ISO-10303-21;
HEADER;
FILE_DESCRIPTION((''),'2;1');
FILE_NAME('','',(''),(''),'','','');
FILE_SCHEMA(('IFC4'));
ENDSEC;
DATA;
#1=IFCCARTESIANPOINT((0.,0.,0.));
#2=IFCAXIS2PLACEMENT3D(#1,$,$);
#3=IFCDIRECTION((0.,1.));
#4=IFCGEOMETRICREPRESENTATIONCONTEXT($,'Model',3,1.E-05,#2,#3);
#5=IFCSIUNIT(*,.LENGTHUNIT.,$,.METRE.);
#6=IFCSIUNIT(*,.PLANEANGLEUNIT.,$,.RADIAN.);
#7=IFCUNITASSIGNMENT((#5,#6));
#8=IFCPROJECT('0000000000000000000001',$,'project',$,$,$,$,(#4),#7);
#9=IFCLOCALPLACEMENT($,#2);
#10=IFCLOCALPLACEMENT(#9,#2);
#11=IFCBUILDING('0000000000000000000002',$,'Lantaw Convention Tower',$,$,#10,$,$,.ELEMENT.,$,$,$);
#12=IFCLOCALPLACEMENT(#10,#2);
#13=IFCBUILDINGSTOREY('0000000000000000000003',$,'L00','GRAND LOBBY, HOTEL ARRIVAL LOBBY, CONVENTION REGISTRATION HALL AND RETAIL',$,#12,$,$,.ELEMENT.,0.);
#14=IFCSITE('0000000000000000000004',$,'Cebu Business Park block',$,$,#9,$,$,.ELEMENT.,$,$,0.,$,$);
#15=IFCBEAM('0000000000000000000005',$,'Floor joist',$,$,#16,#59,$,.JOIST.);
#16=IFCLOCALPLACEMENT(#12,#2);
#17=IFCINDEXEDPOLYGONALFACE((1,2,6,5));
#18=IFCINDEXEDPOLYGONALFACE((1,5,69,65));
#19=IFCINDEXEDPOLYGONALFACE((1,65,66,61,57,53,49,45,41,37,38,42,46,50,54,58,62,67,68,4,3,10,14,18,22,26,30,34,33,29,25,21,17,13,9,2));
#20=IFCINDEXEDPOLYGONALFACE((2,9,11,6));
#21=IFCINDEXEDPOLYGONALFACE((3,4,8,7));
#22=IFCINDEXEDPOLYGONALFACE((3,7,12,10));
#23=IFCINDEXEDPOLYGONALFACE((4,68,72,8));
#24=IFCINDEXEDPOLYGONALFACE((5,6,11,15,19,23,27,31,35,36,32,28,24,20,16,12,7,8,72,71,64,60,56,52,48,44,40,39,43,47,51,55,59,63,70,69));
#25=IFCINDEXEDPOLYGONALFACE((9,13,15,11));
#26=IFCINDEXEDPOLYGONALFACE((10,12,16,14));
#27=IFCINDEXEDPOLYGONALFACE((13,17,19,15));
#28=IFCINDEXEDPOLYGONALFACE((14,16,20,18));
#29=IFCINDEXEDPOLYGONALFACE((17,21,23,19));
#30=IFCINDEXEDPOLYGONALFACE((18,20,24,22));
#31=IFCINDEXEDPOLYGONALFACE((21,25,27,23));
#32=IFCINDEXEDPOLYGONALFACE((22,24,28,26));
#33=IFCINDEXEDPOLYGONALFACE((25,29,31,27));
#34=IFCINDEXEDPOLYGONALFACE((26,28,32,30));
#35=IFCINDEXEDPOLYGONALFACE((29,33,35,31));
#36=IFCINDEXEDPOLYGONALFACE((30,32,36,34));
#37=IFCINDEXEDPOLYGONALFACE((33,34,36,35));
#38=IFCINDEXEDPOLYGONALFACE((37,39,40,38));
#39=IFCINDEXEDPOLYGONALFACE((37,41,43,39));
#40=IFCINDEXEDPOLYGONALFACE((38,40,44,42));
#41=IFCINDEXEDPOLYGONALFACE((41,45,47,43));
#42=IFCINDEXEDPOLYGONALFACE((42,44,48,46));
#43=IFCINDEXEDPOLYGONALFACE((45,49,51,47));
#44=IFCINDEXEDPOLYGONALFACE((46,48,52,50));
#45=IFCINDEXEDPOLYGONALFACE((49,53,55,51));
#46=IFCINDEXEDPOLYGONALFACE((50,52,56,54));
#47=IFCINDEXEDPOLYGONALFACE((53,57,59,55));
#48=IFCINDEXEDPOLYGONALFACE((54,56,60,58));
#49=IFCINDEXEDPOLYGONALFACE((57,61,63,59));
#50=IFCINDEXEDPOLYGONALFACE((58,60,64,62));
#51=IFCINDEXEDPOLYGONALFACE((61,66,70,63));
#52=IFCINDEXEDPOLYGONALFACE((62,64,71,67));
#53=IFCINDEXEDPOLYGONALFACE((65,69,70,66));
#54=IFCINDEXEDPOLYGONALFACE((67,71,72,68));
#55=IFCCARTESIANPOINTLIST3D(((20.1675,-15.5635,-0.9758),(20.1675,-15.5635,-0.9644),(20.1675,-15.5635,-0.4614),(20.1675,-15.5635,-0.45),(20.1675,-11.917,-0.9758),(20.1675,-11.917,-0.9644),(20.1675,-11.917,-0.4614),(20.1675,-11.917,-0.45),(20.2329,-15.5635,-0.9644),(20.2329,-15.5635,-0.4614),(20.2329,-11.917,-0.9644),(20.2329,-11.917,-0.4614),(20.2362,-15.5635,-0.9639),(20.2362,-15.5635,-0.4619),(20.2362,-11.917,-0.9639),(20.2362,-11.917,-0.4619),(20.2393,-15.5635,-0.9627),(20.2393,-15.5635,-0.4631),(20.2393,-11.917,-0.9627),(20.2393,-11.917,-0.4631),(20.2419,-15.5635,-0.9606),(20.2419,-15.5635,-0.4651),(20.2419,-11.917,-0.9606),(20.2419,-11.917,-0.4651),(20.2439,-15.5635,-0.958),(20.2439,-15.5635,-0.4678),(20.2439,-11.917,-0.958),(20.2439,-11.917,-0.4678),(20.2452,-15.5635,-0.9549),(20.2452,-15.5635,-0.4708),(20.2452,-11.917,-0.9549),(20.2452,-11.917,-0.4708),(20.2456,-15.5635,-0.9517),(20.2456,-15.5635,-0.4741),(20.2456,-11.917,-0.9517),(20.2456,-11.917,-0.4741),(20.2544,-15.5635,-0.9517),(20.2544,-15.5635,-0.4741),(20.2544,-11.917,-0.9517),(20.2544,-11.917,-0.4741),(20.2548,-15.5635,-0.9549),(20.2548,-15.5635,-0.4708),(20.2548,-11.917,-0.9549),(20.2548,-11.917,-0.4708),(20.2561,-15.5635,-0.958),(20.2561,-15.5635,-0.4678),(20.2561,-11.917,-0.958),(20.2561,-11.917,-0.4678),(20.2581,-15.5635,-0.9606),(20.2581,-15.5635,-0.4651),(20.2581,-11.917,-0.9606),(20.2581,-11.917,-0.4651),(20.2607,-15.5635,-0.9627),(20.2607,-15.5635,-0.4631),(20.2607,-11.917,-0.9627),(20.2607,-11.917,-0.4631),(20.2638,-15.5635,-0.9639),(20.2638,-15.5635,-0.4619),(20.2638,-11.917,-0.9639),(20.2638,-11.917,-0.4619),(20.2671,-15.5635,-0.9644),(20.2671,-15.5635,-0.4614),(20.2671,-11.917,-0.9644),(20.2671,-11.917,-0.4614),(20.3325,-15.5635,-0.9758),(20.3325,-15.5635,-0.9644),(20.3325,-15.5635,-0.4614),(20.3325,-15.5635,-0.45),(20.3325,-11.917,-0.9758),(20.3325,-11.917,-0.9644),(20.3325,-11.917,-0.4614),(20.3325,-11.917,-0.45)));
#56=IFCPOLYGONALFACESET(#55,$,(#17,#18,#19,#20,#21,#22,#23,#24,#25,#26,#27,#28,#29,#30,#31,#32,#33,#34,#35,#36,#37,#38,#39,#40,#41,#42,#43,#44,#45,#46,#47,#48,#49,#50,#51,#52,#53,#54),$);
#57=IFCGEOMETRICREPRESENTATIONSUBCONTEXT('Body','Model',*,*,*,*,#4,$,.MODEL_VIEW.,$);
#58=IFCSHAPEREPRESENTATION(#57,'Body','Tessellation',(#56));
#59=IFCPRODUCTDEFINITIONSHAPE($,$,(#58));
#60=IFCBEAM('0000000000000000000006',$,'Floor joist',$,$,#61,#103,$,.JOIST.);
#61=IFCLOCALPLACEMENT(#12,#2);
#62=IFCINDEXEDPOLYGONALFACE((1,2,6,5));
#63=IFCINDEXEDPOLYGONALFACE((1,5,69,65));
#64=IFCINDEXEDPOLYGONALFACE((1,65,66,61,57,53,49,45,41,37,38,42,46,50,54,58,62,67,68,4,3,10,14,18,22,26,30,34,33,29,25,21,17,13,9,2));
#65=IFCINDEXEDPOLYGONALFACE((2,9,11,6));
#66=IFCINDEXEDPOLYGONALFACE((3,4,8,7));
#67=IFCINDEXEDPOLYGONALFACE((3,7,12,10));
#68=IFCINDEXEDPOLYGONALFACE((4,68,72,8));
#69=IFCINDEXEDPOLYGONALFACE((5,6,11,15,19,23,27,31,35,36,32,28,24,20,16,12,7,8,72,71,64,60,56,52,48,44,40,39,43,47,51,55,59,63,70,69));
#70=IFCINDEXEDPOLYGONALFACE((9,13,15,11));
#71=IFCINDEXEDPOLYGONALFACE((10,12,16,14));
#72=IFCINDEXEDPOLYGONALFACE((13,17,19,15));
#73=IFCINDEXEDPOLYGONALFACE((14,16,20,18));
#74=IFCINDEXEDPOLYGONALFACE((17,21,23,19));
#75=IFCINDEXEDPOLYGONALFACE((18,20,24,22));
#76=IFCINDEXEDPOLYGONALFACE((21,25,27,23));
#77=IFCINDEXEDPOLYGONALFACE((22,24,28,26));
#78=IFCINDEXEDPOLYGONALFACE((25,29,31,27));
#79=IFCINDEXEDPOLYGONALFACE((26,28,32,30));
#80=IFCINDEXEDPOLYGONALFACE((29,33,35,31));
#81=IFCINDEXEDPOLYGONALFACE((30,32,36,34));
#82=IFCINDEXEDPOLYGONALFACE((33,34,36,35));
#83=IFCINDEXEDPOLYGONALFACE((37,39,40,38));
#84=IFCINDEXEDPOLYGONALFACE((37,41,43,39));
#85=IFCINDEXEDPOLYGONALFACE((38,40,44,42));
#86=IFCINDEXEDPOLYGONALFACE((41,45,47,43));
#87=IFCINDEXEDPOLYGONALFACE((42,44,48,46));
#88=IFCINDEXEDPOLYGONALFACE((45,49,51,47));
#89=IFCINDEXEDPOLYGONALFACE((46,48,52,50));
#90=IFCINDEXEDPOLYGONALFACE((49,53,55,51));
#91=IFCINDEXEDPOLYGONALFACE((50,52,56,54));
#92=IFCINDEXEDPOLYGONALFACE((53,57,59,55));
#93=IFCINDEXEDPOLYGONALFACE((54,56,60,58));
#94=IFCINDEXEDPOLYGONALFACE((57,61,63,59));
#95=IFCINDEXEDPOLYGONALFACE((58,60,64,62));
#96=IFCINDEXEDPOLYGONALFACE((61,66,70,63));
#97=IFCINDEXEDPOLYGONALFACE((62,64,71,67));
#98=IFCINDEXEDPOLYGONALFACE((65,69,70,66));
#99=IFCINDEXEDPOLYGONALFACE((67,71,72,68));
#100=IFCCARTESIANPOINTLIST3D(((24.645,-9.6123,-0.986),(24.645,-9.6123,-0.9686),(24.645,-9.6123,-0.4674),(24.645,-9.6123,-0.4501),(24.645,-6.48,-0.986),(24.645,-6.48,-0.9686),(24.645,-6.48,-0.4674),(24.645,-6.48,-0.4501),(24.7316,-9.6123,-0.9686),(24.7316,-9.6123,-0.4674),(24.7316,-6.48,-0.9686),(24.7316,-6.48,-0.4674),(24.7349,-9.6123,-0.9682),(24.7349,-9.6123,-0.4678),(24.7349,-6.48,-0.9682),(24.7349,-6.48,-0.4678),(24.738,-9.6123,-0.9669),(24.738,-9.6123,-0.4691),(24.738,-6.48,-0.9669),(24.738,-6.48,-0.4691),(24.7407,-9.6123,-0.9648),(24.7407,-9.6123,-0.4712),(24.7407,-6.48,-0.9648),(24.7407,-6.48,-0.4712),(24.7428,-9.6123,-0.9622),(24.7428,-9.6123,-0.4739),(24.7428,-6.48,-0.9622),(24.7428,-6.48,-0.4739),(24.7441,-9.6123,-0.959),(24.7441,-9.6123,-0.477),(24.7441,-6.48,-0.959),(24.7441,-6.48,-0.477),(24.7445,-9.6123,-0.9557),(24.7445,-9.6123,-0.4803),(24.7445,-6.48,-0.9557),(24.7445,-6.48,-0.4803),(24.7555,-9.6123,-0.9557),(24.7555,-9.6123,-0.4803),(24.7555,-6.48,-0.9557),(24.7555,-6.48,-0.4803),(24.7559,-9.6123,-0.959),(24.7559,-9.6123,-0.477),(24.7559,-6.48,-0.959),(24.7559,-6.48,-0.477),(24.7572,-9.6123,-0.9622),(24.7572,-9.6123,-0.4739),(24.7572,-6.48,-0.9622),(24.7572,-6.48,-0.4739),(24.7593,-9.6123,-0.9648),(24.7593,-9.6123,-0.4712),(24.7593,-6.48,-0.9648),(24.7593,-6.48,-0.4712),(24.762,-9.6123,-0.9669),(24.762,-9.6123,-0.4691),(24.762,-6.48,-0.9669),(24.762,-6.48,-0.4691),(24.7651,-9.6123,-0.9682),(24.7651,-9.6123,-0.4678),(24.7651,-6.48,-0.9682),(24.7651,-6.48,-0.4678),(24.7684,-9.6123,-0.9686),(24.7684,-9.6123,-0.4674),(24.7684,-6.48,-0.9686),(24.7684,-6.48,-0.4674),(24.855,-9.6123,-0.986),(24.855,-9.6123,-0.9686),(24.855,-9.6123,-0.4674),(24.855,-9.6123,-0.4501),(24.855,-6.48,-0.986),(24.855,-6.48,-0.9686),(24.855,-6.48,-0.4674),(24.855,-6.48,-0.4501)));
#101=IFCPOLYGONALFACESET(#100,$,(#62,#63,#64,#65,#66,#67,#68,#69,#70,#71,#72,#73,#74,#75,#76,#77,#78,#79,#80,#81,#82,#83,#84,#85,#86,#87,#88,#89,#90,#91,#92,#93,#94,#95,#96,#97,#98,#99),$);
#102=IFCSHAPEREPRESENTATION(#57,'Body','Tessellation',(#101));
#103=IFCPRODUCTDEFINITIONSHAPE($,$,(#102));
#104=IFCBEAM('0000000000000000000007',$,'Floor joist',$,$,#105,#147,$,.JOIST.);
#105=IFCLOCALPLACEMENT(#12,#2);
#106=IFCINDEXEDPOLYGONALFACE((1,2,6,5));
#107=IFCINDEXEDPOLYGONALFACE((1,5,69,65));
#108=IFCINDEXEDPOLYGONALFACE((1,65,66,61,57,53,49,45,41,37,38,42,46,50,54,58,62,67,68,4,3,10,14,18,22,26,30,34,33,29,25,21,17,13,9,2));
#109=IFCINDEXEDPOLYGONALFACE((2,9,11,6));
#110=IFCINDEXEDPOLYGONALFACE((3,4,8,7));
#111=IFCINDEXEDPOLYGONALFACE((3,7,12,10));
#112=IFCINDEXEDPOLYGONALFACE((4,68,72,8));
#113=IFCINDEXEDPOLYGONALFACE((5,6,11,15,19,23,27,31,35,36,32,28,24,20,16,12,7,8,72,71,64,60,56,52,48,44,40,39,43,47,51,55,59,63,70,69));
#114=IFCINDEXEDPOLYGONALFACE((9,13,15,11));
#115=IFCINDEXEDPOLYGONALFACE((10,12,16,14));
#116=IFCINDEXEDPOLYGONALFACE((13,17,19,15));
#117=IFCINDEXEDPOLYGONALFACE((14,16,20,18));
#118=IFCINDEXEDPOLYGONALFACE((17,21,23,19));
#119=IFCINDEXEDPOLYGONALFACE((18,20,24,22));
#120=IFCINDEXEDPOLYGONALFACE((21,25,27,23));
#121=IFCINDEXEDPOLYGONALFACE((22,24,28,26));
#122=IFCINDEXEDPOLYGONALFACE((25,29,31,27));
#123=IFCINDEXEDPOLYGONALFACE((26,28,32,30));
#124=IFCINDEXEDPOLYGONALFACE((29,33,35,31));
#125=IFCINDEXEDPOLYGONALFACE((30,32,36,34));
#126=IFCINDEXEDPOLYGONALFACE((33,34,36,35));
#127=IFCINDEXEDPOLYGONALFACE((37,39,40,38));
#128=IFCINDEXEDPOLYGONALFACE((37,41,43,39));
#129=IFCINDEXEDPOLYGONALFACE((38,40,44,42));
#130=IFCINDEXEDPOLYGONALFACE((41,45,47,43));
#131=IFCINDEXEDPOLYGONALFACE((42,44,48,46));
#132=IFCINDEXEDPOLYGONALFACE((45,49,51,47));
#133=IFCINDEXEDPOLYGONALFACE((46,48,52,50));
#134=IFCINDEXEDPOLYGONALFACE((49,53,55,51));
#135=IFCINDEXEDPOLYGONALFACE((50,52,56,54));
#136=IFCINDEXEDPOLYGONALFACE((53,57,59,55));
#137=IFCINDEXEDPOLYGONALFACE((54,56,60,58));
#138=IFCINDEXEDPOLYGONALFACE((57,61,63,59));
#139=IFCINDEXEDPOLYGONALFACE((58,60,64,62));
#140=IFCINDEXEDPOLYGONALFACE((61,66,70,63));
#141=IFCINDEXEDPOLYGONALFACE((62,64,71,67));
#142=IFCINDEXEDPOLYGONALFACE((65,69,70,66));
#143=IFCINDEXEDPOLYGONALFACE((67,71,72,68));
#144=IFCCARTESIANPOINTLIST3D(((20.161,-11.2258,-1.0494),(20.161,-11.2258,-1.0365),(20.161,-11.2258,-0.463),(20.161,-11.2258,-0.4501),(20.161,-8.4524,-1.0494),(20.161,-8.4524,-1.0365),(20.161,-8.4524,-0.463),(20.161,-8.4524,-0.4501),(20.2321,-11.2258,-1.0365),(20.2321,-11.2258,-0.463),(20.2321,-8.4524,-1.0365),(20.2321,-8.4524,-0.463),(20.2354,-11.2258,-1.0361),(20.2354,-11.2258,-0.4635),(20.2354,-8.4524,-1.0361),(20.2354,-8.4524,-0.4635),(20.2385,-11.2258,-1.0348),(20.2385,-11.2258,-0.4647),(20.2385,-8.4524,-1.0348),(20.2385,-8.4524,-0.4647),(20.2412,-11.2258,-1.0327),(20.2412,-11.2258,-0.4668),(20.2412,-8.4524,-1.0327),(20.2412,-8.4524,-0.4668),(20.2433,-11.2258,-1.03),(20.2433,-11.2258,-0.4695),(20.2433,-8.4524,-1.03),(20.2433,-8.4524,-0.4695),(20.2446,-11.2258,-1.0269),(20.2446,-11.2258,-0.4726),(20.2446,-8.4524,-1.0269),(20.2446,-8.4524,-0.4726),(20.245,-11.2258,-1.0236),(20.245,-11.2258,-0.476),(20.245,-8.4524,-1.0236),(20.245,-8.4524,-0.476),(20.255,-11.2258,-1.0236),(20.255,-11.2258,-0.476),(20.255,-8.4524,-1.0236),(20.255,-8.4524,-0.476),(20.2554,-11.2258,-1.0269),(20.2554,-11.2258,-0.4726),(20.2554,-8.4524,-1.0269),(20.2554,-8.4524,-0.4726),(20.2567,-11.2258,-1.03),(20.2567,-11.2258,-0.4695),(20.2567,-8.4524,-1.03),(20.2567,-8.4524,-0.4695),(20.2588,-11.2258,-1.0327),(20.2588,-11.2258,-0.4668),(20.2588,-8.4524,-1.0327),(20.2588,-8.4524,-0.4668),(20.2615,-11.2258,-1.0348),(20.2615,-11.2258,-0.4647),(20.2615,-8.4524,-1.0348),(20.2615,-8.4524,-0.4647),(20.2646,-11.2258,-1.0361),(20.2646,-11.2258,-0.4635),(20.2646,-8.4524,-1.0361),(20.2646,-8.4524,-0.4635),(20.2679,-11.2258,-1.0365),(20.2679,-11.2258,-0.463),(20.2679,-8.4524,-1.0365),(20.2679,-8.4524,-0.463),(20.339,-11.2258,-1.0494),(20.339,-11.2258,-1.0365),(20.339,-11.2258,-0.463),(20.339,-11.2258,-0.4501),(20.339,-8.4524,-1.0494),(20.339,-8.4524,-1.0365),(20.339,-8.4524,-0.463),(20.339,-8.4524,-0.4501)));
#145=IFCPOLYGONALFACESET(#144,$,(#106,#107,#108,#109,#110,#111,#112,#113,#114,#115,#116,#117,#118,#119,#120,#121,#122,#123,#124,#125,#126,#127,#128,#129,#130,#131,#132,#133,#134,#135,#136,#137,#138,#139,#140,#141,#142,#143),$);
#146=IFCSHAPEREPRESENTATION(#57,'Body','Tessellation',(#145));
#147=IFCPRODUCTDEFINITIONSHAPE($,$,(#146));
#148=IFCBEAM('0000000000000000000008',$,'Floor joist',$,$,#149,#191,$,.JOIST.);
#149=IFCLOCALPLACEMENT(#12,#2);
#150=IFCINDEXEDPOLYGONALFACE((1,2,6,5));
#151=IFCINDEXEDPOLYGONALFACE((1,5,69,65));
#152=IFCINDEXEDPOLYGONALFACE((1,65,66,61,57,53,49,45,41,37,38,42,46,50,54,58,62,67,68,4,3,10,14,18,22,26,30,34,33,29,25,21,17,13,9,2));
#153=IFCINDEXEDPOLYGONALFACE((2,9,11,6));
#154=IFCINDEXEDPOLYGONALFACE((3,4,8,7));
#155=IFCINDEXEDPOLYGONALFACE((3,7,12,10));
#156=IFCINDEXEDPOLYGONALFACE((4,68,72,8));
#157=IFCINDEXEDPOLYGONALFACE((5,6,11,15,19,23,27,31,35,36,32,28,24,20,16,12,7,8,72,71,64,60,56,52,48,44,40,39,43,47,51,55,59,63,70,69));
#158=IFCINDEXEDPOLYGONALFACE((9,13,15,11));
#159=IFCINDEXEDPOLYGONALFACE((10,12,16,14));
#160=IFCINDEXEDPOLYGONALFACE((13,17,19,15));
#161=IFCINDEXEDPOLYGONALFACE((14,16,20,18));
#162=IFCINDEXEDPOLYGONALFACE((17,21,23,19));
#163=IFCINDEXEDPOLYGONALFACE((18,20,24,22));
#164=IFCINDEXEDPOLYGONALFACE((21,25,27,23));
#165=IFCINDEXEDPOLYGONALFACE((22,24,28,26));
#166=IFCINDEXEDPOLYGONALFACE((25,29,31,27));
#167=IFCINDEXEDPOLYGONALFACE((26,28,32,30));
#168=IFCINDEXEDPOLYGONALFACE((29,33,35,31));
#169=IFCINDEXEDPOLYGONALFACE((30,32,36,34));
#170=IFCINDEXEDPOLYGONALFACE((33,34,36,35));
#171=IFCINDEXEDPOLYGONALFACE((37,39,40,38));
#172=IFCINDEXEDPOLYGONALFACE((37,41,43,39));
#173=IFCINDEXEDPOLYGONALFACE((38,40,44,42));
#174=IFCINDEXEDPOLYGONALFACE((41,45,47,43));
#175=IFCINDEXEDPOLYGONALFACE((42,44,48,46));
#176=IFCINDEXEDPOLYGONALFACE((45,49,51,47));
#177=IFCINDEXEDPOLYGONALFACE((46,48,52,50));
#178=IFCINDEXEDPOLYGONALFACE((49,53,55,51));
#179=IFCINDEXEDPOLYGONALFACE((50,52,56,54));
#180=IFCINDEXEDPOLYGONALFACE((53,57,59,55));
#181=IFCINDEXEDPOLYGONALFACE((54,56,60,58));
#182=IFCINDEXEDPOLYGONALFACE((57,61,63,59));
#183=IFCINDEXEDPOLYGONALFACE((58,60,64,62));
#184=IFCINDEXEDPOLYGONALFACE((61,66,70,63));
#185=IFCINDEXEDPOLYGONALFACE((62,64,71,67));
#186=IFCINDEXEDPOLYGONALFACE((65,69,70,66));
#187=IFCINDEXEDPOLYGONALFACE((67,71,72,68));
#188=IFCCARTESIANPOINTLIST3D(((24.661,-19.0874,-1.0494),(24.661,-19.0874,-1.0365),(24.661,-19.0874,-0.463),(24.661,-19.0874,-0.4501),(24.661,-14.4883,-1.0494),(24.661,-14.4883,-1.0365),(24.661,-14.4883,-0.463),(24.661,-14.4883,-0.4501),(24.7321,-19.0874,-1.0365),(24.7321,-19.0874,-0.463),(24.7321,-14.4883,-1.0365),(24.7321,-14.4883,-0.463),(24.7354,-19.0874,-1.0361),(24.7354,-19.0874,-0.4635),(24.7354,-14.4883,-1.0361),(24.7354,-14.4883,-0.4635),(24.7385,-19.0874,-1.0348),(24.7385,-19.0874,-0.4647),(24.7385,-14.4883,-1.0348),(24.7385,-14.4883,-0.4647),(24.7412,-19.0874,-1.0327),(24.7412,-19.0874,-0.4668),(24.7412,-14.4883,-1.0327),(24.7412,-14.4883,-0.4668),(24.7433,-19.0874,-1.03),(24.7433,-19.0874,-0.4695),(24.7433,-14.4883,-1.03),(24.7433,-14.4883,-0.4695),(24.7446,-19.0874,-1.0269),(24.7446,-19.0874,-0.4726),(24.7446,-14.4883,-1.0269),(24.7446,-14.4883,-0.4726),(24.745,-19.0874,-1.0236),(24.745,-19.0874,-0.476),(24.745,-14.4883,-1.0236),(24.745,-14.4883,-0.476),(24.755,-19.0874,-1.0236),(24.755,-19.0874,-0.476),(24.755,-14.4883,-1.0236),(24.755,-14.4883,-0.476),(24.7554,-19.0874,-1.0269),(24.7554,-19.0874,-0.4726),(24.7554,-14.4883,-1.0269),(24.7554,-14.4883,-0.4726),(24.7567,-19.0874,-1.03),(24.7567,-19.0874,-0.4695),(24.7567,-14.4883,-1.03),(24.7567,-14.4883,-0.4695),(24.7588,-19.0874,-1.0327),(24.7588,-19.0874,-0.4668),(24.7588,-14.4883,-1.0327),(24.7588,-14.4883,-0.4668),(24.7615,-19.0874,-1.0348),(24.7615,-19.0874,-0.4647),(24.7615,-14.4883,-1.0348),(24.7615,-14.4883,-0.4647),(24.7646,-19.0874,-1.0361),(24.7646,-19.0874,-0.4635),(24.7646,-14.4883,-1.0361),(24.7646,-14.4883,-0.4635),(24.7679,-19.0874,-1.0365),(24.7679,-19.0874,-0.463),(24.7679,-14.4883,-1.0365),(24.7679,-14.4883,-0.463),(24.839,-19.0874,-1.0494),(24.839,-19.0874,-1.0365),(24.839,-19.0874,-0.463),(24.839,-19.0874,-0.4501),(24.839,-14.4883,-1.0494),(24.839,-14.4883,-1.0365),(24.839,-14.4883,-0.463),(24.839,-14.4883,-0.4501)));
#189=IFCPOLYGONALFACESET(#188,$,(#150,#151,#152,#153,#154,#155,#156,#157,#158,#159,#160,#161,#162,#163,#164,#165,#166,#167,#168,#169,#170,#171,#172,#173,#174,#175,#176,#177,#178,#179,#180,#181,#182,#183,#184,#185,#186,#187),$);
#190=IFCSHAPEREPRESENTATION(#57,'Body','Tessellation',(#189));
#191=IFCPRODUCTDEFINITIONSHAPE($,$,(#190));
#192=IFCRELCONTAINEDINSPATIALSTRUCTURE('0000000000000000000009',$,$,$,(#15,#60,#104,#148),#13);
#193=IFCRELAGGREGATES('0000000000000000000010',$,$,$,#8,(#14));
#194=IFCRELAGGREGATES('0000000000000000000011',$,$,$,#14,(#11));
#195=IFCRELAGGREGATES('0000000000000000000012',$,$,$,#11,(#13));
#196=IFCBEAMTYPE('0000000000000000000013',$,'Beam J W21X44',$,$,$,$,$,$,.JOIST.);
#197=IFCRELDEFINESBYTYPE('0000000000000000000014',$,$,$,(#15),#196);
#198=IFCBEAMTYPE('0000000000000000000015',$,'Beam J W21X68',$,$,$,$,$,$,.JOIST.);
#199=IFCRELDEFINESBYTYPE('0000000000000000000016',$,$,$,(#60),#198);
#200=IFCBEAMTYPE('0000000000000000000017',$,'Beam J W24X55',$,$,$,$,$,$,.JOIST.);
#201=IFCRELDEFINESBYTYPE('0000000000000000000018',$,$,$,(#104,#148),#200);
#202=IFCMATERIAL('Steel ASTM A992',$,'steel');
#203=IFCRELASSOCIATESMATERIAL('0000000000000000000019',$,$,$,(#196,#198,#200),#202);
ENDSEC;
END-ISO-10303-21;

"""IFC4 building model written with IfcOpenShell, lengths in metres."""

from ifc_helpers import new_model, si_unit, direction, frame, origin, origin_2d, place, context, subcontext, project, spatial, i_section, extrude, material, material_profile, profile_set, type_object, element, save


model = new_model("IFC4")

# Units and contexts
model_context = context("Model", 3, precision=1e-05, world=origin(), true_north=direction((0.0, 1.0)))
body_context = subcontext(model_context, "Body", "Model", "MODEL_VIEW")
ifc_project = project(units=[si_unit("LENGTHUNIT", "METRE"), si_unit("PLANEANGLEUNIT", "RADIAN")], contexts=[model_context])

# Site, building, storey
site_placement = place(None, origin())
site = spatial("IfcSite", under=ifc_project, at=site_placement, Name="Cebu Business Park block", CompositionType="ELEMENT", RefElevation=0.0)
building_placement = place(site_placement, origin())
building = spatial("IfcBuilding", under=site, at=building_placement, Name="Lantaw Convention Tower", CompositionType="ELEMENT")
storey_placement = place(building_placement, origin())
storey = spatial("IfcBuildingStorey", under=building, at=storey_placement, Name="L00", Description="GRAND LOBBY, HOTEL ARRIVAL LOBBY, CONVENTION REGISTRATION HALL AND RETAIL", CompositionType="ELEMENT", Elevation=0.0)

# Beams
ifc_material_1 = material(Name="Steel ASTM A992", Category="steel")
ifc_material_profile_1 = material_profile(ifc_material_1, i_section(OverallWidth=0.165, OverallDepth=0.5259, WebThickness=0.0088, FlangeThickness=0.0115, FilletRadius=0.0127, at=origin_2d()), Name="W21X44")
ifc_profile_set_1 = profile_set([ifc_material_profile_1], Name="Steel ASTM A992")
beam_type_1 = type_object("IfcBeamType", Name="Beam J W21X44", PredefinedType="JOIST", material=ifc_profile_set_1)
beam_1_placement = place(storey_placement, frame((20.25, -15.5635, -0.7129), z_axis=(0.0, 1.0, 0.0), x_axis=(-1.0, 0.0, 0.0)))
element("IfcBeam", 1, at=beam_1_placement, inside=storey, type_object=beam_type_1, Name="Floor joist", PredefinedType="JOIST", context=body_context, shape_type="SweptSolid", body=[
    extrude(i_section(OverallWidth=0.165, OverallDepth=0.5259, WebThickness=0.0088, FlangeThickness=0.0115, FilletRadius=0.0127, at=origin_2d()), origin(), (0.0, 0.0, 1.0), 3.6465),
])
ifc_material_profile_2 = material_profile(ifc_material_1, i_section(OverallWidth=0.21, OverallDepth=0.5359, WebThickness=0.011, FlangeThickness=0.0173, FilletRadius=0.0129, at=origin_2d()), Name="W21X68")
ifc_profile_set_2 = profile_set([ifc_material_profile_2], Name="Steel ASTM A992")
beam_type_2 = type_object("IfcBeamType", Name="Beam J W21X68", PredefinedType="JOIST", material=ifc_profile_set_2)
beam_2_placement = place(storey_placement, frame((24.75, -9.6123, -0.718), z_axis=(0.0, 1.0, 0.0), x_axis=(-1.0, 0.0, 0.0)))
element("IfcBeam", 2, at=beam_2_placement, inside=storey, type_object=beam_type_2, Name="Floor joist", PredefinedType="JOIST", context=body_context, shape_type="SweptSolid", body=[
    extrude(i_section(OverallWidth=0.21, OverallDepth=0.5359, WebThickness=0.011, FlangeThickness=0.0173, FilletRadius=0.0129, at=origin_2d()), origin(), (0.0, 0.0, 1.0), 3.1323),
])
ifc_material_profile_3 = material_profile(ifc_material_1, i_section(OverallWidth=0.178, OverallDepth=0.5994, WebThickness=0.01, FlangeThickness=0.0129, FilletRadius=0.0129, at=origin_2d()), Name="W24X55")
ifc_profile_set_3 = profile_set([ifc_material_profile_3], Name="Steel ASTM A992")
beam_type_3 = type_object("IfcBeamType", Name="Beam J W24X55", PredefinedType="JOIST", material=ifc_profile_set_3)
beam_3_placement = place(storey_placement, frame((20.25, -11.2258, -0.7498), z_axis=(0.0, 1.0, 0.0), x_axis=(-1.0, 0.0, 0.0)))
element("IfcBeam", 3, at=beam_3_placement, inside=storey, type_object=beam_type_3, Name="Floor joist", PredefinedType="JOIST", context=body_context, shape_type="SweptSolid", body=[
    extrude(i_section(OverallWidth=0.178, OverallDepth=0.5994, WebThickness=0.01, FlangeThickness=0.0129, FilletRadius=0.0129, at=origin_2d()), origin(), (0.0, 0.0, 1.0), 2.7734),
])
beam_4_placement = place(storey_placement, frame((24.75, -19.0874, -0.7498), z_axis=(0.0, 1.0, 0.0), x_axis=(-1.0, 0.0, 0.0)))
element("IfcBeam", 4, at=beam_4_placement, inside=storey, type_object=beam_type_3, Name="Floor joist", PredefinedType="JOIST", context=body_context, shape_type="SweptSolid", body=[
    extrude(i_section(OverallWidth=0.178, OverallDepth=0.5994, WebThickness=0.01, FlangeThickness=0.0129, FilletRadius=0.0129, at=origin_2d()), origin(), (0.0, 0.0, 1.0), 4.5991),
])

save(model, "model.ifc")
